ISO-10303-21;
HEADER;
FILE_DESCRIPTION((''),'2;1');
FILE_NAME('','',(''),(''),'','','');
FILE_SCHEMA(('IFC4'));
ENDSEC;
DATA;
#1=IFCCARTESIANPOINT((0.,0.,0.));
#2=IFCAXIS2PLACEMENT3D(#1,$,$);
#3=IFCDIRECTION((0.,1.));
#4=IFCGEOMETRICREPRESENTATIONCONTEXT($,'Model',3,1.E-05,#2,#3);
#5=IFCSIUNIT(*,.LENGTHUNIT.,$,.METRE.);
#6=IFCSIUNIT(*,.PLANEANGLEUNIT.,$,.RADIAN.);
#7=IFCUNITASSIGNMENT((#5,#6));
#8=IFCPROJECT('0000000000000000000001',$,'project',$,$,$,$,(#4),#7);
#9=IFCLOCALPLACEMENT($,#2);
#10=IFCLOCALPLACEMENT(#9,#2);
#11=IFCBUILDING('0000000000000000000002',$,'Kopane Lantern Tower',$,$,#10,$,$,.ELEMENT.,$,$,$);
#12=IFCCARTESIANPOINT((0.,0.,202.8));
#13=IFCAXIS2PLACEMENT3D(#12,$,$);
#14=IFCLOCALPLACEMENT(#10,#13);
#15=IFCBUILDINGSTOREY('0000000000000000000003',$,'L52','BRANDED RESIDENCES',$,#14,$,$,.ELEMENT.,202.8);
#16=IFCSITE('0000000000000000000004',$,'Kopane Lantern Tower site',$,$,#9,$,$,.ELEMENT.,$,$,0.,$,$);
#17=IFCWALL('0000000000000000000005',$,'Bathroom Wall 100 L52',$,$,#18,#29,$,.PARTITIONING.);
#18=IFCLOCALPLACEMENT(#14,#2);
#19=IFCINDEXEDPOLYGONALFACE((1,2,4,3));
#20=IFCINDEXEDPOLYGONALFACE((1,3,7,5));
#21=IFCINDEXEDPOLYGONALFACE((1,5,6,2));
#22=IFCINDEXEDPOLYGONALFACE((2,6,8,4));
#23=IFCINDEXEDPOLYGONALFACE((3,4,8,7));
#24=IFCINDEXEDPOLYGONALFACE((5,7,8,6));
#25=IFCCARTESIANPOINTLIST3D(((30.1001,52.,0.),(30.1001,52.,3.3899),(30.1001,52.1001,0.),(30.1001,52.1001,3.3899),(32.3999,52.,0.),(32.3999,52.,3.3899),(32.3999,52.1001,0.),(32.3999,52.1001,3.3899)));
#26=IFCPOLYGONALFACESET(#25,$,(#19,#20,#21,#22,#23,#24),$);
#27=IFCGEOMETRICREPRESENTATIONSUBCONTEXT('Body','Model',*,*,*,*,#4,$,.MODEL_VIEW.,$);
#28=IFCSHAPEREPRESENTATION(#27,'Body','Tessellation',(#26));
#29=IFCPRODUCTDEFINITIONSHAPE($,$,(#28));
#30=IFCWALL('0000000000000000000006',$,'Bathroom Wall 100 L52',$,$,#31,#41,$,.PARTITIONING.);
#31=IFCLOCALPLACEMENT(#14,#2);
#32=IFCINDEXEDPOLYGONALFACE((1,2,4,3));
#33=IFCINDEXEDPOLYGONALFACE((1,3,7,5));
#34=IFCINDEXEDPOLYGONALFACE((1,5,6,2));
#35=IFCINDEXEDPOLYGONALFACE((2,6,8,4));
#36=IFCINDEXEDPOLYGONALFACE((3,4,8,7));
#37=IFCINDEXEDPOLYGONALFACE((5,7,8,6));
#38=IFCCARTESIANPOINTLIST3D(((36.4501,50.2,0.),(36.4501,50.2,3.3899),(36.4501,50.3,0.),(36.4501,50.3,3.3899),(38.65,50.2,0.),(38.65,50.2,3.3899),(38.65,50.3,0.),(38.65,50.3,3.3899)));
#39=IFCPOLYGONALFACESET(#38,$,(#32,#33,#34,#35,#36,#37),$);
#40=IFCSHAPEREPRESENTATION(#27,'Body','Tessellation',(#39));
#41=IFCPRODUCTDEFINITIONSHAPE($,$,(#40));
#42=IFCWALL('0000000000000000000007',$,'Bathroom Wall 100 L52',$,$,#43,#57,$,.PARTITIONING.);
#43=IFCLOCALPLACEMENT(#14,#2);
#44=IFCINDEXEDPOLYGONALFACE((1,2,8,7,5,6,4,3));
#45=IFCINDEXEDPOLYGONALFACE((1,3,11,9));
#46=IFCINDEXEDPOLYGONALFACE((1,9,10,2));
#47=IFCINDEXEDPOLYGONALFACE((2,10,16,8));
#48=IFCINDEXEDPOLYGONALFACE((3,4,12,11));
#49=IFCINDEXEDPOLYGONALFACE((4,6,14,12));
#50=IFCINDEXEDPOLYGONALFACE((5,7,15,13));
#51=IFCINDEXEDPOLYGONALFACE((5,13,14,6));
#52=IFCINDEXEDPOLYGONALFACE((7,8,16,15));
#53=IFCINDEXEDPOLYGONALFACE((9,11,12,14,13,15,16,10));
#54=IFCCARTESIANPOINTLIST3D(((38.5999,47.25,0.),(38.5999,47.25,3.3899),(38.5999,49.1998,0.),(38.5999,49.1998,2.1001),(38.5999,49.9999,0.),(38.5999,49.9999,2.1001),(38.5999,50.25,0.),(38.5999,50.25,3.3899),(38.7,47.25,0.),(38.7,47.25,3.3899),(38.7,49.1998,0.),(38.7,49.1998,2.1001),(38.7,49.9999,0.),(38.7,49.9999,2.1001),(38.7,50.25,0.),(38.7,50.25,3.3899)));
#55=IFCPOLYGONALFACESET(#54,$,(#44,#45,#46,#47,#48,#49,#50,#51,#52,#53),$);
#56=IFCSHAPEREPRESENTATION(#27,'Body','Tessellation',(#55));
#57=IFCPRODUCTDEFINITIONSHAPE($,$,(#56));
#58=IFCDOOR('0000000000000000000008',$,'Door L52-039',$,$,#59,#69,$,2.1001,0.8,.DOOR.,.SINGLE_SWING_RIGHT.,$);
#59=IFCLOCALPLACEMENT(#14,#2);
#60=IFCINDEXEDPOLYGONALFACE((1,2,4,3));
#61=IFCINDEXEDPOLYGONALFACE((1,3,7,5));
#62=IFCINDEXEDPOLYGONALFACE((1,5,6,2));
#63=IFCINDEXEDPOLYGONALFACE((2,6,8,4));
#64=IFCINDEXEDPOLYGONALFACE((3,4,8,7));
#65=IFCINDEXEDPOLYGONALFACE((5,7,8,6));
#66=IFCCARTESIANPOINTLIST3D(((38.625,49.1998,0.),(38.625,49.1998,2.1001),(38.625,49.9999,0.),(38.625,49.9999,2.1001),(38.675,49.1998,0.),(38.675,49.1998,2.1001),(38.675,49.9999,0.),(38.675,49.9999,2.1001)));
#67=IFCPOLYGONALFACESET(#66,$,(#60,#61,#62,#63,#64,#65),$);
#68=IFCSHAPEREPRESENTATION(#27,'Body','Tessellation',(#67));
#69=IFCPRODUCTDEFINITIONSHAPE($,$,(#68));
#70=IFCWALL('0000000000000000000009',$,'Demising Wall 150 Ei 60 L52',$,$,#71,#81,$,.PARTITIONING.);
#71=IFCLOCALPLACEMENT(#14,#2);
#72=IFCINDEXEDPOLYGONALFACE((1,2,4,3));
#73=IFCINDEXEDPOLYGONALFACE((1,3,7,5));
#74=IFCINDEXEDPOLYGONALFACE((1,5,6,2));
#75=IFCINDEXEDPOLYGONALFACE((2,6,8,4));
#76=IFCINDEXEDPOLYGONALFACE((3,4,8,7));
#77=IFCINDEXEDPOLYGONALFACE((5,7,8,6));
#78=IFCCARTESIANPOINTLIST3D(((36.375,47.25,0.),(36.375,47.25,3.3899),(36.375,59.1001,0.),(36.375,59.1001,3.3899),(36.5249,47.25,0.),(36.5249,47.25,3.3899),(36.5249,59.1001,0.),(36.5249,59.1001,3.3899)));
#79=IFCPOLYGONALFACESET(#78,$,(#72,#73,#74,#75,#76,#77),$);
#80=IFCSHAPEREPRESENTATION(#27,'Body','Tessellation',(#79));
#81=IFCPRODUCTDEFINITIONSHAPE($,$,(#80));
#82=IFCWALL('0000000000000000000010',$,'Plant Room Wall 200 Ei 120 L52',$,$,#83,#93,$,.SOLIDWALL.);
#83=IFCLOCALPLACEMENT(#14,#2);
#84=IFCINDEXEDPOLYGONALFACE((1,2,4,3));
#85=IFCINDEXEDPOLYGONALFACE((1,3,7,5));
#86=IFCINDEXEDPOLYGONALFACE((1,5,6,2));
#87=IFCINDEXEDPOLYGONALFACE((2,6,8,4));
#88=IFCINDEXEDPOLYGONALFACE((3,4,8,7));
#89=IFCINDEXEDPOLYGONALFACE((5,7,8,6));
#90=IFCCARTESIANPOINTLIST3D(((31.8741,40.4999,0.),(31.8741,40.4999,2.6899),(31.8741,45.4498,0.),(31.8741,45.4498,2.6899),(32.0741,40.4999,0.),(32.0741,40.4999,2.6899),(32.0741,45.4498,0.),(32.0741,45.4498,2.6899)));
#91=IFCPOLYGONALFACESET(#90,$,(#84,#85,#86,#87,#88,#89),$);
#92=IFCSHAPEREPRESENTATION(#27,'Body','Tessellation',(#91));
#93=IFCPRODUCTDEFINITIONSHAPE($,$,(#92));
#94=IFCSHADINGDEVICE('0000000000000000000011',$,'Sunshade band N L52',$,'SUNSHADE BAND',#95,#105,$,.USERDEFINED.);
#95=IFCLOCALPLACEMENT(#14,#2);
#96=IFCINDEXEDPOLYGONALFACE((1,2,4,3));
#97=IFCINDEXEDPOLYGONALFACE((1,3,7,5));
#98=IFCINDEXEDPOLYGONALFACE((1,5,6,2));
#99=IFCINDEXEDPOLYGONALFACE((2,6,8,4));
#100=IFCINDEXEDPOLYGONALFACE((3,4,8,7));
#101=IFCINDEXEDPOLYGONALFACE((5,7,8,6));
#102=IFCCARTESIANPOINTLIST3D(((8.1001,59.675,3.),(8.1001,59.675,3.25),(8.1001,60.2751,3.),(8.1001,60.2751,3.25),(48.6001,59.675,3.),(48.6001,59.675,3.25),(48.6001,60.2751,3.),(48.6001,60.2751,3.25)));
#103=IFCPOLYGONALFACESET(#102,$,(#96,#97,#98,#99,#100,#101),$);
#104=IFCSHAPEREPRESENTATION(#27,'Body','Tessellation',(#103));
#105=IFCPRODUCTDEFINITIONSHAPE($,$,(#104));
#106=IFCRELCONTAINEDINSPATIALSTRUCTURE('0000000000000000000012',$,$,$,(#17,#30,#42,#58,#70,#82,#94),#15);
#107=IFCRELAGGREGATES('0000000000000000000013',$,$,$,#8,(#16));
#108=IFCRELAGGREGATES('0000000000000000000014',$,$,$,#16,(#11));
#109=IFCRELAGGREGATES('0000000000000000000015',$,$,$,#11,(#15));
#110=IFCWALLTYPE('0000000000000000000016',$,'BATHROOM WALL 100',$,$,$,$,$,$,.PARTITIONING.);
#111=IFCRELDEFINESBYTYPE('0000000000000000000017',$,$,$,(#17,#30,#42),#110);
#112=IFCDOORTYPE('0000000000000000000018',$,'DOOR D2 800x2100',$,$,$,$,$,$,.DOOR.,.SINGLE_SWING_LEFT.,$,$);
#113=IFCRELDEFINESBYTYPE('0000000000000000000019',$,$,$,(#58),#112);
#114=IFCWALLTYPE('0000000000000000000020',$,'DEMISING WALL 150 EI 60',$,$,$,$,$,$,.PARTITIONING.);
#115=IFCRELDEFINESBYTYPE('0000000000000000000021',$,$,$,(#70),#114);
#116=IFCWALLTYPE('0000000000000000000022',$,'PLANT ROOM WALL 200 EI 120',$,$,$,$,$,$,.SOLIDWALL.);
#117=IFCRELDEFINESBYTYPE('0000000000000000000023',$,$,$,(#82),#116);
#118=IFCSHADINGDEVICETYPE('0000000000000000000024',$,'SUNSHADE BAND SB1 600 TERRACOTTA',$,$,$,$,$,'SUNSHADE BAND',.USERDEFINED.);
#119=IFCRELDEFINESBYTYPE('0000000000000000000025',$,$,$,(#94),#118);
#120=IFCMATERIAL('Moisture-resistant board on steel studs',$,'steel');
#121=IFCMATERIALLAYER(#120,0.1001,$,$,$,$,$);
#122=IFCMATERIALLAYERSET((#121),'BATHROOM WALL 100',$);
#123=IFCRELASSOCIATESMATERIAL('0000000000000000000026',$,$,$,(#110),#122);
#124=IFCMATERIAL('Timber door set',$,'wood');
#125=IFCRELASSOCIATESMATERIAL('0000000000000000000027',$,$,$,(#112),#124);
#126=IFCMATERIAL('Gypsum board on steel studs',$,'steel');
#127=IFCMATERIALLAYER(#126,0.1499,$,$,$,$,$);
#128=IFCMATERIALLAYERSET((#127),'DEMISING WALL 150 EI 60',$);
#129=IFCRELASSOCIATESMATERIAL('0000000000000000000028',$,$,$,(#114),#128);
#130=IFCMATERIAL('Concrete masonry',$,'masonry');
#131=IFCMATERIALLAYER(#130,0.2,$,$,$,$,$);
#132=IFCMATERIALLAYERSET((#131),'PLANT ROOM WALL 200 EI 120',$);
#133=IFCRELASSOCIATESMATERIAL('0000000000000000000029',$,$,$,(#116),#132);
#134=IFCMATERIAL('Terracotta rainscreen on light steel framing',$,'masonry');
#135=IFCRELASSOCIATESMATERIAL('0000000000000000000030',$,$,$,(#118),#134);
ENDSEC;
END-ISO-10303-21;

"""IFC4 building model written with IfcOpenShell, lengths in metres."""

from ifc_helpers import new_model, si_unit, direction, frame, frame_2d, origin, origin_2d, place, context, subcontext, project, spatial, rectangle, extrude, material, layer, layer_set, type_object, element, fill, save


model = new_model("IFC4")

# Units and contexts
model_context = context("Model", 3, precision=1e-05, world=origin(), true_north=direction((0.0, 1.0)))
body_context = subcontext(model_context, "Body", "Model", "MODEL_VIEW")
ifc_project = project(units=[si_unit("LENGTHUNIT", "METRE"), si_unit("PLANEANGLEUNIT", "RADIAN")], contexts=[model_context])

# Site, building, storey
site_placement = place(None, origin())
site = spatial("IfcSite", under=ifc_project, at=site_placement, Name="Kopane Lantern Tower site", CompositionType="ELEMENT", RefElevation=0.0)
building_placement = place(site_placement, origin())
building = spatial("IfcBuilding", under=site, at=building_placement, Name="Kopane Lantern Tower", CompositionType="ELEMENT")
storey_placement = place(building_placement, frame((0.0, 0.0, 202.8)))
storey = spatial("IfcBuildingStorey", under=building, at=storey_placement, Name="L52", Description="BRANDED RESIDENCES", CompositionType="ELEMENT", Elevation=202.8)

# Shared definitions
ifc_material_1 = material(Name="Moisture-resistant board on steel studs", Category="steel")
ifc_layer_1 = layer(ifc_material_1, 0.1001)
ifc_layer_set_1 = layer_set([ifc_layer_1], Name="BATHROOM WALL 100")
wall_type_1 = type_object("IfcWallType", Name="BATHROOM WALL 100", PredefinedType="PARTITIONING", material=ifc_layer_set_1)
ifc_material_2 = material(Name="Timber door set", Category="wood")
door_type_1 = type_object("IfcDoorType", Name="DOOR D2 800x2100", OperationType="SINGLE_SWING_LEFT", PredefinedType="DOOR", material=ifc_material_2)

# Walls
wall_1_placement = place(storey_placement, frame((30.1001, 52.05, 0.0), z_axis=(0.0, 0.0, 1.0), x_axis=(1.0, 0.0, 0.0)))
element("IfcWall", 1, at=wall_1_placement, inside=storey, type_object=wall_type_1, Name="Bathroom Wall 100 L52", PredefinedType="PARTITIONING", context=body_context, shape_type="SweptSolid", body=[
    extrude(rectangle(XDim=2.2998, YDim=0.1001, at=frame_2d((1.1499, 0.0))), origin(), (0.0, 0.0, 1.0), 3.3899),
])
wall_2_placement = place(storey_placement, frame((36.45, 50.25, 0.0), z_axis=(0.0, 0.0, 1.0), x_axis=(1.0, 0.0, 0.0)))
element("IfcWall", 2, at=wall_2_placement, inside=storey, type_object=wall_type_1, Name="Bathroom Wall 100 L52", PredefinedType="PARTITIONING", context=body_context, shape_type="SweptSolid", body=[
    extrude(rectangle(XDim=2.2, YDim=0.1001, at=frame_2d((1.1001, 0.0))), origin(), (0.0, 0.0, 1.0), 3.3899),
])

# Wall, opening, door
wall_3_placement = place(storey_placement, frame((38.6499, 47.25, 0.0), z_axis=(0.0, 0.0, 1.0), x_axis=(0.0, 1.0, 0.0)))
wall_3 = element("IfcWall", 3, at=wall_3_placement, inside=storey, type_object=wall_type_1, Name="Bathroom Wall 100 L52", PredefinedType="PARTITIONING", context=body_context, shape_type="SweptSolid", body=[
    extrude(rectangle(XDim=3.0, YDim=0.1001, at=frame_2d((1.5, 0.0))), origin(), (0.0, 0.0, 1.0), 3.3899),
])
opening_1_placement = place(wall_3_placement, frame((1.95, 0.0, 0.0)))
opening_1 = element("IfcOpeningElement", 4, at=opening_1_placement, cuts=wall_3, PredefinedType="OPENING", context=body_context, shape_type="SweptSolid", body=[
    extrude(rectangle(XDim=0.8, YDim=2.1001, at=frame_2d((0.3999, 1.05))), frame((0.0, 0.0601, 0.0), z_axis=(0.0, -1.0, 0.0), x_axis=(1.0, 0.0, 0.0)), (0.0, 0.0, 1.0), 0.1201),
])
door_1_placement = place(opening_1_placement, origin())
door_1 = element("IfcDoor", 5, at=door_1_placement, inside=storey, type_object=door_type_1, Name="Door L52-039", OperationType="SINGLE_SWING_RIGHT", OverallHeight=2.1001, OverallWidth=0.8, PredefinedType="DOOR", context=body_context, shape_type="SweptSolid", body=[
    extrude(rectangle(XDim=0.8, YDim=2.1001, at=frame_2d((0.3999, 1.05))), frame((0.0, 0.0249, 0.0), z_axis=(0.0, -1.0, 0.0), x_axis=(1.0, 0.0, 0.0)), (0.0, 0.0, 1.0), 0.05),
])
fill(opening_1, door_1)

# Walls
ifc_material_3 = material(Name="Gypsum board on steel studs", Category="steel")
ifc_layer_2 = layer(ifc_material_3, 0.1499)
ifc_layer_set_2 = layer_set([ifc_layer_2], Name="DEMISING WALL 150 EI 60")
wall_type_2 = type_object("IfcWallType", Name="DEMISING WALL 150 EI 60", PredefinedType="PARTITIONING", material=ifc_layer_set_2)
wall_4_placement = place(storey_placement, frame((36.45, 47.25, 0.0), z_axis=(0.0, 0.0, 1.0), x_axis=(0.0, 1.0, 0.0)))
element("IfcWall", 6, at=wall_4_placement, inside=storey, type_object=wall_type_2, Name="Demising Wall 150 Ei 60 L52", PredefinedType="PARTITIONING", context=body_context, shape_type="SweptSolid", body=[
    extrude(rectangle(XDim=11.8501, YDim=0.1499, at=frame_2d((5.925, 0.0))), origin(), (0.0, 0.0, 1.0), 3.3899),
])
ifc_material_4 = material(Name="Concrete masonry", Category="masonry")
ifc_layer_3 = layer(ifc_material_4, 0.2)
ifc_layer_set_3 = layer_set([ifc_layer_3], Name="PLANT ROOM WALL 200 EI 120")
wall_type_3 = type_object("IfcWallType", Name="PLANT ROOM WALL 200 EI 120", PredefinedType="SOLIDWALL", material=ifc_layer_set_3)
wall_5_placement = place(storey_placement, frame((31.9741, 45.45, 0.0), z_axis=(0.0, 0.0, 1.0), x_axis=(0.0, -1.0, 0.0)))
element("IfcWall", 7, at=wall_5_placement, inside=storey, type_object=wall_type_3, Name="Plant Room Wall 200 Ei 120 L52", PredefinedType="SOLIDWALL", context=body_context, shape_type="SweptSolid", body=[
    extrude(rectangle(XDim=4.95, YDim=0.2, at=frame_2d((2.4751, 0.0))), origin(), (0.0, 0.0, 1.0), 2.6899),
])

# Shading device
ifc_material_5 = material(Name="Terracotta rainscreen on light steel framing", Category="masonry")
shading_device_type = type_object("IfcShadingDeviceType", Name="SUNSHADE BAND SB1 600 TERRACOTTA", ElementType="SUNSHADE BAND", PredefinedType="USERDEFINED", material=ifc_material_5)
shading_device_placement = place(storey_placement, frame((28.3501, 59.9751, 3.0), z_axis=(0.0, 0.0, 1.0), x_axis=(-1.0, 0.0, 0.0)))
element("IfcShadingDevice", 8, at=shading_device_placement, inside=storey, type_object=shading_device_type, Name="Sunshade band N L52", ObjectType="SUNSHADE BAND", PredefinedType="USERDEFINED", context=body_context, shape_type="SweptSolid", body=[
    extrude(rectangle(XDim=40.5, YDim=0.6001, at=origin_2d()), origin(), (0.0, 0.0, 1.0), 0.25),
])

save(model, "model.ifc")
